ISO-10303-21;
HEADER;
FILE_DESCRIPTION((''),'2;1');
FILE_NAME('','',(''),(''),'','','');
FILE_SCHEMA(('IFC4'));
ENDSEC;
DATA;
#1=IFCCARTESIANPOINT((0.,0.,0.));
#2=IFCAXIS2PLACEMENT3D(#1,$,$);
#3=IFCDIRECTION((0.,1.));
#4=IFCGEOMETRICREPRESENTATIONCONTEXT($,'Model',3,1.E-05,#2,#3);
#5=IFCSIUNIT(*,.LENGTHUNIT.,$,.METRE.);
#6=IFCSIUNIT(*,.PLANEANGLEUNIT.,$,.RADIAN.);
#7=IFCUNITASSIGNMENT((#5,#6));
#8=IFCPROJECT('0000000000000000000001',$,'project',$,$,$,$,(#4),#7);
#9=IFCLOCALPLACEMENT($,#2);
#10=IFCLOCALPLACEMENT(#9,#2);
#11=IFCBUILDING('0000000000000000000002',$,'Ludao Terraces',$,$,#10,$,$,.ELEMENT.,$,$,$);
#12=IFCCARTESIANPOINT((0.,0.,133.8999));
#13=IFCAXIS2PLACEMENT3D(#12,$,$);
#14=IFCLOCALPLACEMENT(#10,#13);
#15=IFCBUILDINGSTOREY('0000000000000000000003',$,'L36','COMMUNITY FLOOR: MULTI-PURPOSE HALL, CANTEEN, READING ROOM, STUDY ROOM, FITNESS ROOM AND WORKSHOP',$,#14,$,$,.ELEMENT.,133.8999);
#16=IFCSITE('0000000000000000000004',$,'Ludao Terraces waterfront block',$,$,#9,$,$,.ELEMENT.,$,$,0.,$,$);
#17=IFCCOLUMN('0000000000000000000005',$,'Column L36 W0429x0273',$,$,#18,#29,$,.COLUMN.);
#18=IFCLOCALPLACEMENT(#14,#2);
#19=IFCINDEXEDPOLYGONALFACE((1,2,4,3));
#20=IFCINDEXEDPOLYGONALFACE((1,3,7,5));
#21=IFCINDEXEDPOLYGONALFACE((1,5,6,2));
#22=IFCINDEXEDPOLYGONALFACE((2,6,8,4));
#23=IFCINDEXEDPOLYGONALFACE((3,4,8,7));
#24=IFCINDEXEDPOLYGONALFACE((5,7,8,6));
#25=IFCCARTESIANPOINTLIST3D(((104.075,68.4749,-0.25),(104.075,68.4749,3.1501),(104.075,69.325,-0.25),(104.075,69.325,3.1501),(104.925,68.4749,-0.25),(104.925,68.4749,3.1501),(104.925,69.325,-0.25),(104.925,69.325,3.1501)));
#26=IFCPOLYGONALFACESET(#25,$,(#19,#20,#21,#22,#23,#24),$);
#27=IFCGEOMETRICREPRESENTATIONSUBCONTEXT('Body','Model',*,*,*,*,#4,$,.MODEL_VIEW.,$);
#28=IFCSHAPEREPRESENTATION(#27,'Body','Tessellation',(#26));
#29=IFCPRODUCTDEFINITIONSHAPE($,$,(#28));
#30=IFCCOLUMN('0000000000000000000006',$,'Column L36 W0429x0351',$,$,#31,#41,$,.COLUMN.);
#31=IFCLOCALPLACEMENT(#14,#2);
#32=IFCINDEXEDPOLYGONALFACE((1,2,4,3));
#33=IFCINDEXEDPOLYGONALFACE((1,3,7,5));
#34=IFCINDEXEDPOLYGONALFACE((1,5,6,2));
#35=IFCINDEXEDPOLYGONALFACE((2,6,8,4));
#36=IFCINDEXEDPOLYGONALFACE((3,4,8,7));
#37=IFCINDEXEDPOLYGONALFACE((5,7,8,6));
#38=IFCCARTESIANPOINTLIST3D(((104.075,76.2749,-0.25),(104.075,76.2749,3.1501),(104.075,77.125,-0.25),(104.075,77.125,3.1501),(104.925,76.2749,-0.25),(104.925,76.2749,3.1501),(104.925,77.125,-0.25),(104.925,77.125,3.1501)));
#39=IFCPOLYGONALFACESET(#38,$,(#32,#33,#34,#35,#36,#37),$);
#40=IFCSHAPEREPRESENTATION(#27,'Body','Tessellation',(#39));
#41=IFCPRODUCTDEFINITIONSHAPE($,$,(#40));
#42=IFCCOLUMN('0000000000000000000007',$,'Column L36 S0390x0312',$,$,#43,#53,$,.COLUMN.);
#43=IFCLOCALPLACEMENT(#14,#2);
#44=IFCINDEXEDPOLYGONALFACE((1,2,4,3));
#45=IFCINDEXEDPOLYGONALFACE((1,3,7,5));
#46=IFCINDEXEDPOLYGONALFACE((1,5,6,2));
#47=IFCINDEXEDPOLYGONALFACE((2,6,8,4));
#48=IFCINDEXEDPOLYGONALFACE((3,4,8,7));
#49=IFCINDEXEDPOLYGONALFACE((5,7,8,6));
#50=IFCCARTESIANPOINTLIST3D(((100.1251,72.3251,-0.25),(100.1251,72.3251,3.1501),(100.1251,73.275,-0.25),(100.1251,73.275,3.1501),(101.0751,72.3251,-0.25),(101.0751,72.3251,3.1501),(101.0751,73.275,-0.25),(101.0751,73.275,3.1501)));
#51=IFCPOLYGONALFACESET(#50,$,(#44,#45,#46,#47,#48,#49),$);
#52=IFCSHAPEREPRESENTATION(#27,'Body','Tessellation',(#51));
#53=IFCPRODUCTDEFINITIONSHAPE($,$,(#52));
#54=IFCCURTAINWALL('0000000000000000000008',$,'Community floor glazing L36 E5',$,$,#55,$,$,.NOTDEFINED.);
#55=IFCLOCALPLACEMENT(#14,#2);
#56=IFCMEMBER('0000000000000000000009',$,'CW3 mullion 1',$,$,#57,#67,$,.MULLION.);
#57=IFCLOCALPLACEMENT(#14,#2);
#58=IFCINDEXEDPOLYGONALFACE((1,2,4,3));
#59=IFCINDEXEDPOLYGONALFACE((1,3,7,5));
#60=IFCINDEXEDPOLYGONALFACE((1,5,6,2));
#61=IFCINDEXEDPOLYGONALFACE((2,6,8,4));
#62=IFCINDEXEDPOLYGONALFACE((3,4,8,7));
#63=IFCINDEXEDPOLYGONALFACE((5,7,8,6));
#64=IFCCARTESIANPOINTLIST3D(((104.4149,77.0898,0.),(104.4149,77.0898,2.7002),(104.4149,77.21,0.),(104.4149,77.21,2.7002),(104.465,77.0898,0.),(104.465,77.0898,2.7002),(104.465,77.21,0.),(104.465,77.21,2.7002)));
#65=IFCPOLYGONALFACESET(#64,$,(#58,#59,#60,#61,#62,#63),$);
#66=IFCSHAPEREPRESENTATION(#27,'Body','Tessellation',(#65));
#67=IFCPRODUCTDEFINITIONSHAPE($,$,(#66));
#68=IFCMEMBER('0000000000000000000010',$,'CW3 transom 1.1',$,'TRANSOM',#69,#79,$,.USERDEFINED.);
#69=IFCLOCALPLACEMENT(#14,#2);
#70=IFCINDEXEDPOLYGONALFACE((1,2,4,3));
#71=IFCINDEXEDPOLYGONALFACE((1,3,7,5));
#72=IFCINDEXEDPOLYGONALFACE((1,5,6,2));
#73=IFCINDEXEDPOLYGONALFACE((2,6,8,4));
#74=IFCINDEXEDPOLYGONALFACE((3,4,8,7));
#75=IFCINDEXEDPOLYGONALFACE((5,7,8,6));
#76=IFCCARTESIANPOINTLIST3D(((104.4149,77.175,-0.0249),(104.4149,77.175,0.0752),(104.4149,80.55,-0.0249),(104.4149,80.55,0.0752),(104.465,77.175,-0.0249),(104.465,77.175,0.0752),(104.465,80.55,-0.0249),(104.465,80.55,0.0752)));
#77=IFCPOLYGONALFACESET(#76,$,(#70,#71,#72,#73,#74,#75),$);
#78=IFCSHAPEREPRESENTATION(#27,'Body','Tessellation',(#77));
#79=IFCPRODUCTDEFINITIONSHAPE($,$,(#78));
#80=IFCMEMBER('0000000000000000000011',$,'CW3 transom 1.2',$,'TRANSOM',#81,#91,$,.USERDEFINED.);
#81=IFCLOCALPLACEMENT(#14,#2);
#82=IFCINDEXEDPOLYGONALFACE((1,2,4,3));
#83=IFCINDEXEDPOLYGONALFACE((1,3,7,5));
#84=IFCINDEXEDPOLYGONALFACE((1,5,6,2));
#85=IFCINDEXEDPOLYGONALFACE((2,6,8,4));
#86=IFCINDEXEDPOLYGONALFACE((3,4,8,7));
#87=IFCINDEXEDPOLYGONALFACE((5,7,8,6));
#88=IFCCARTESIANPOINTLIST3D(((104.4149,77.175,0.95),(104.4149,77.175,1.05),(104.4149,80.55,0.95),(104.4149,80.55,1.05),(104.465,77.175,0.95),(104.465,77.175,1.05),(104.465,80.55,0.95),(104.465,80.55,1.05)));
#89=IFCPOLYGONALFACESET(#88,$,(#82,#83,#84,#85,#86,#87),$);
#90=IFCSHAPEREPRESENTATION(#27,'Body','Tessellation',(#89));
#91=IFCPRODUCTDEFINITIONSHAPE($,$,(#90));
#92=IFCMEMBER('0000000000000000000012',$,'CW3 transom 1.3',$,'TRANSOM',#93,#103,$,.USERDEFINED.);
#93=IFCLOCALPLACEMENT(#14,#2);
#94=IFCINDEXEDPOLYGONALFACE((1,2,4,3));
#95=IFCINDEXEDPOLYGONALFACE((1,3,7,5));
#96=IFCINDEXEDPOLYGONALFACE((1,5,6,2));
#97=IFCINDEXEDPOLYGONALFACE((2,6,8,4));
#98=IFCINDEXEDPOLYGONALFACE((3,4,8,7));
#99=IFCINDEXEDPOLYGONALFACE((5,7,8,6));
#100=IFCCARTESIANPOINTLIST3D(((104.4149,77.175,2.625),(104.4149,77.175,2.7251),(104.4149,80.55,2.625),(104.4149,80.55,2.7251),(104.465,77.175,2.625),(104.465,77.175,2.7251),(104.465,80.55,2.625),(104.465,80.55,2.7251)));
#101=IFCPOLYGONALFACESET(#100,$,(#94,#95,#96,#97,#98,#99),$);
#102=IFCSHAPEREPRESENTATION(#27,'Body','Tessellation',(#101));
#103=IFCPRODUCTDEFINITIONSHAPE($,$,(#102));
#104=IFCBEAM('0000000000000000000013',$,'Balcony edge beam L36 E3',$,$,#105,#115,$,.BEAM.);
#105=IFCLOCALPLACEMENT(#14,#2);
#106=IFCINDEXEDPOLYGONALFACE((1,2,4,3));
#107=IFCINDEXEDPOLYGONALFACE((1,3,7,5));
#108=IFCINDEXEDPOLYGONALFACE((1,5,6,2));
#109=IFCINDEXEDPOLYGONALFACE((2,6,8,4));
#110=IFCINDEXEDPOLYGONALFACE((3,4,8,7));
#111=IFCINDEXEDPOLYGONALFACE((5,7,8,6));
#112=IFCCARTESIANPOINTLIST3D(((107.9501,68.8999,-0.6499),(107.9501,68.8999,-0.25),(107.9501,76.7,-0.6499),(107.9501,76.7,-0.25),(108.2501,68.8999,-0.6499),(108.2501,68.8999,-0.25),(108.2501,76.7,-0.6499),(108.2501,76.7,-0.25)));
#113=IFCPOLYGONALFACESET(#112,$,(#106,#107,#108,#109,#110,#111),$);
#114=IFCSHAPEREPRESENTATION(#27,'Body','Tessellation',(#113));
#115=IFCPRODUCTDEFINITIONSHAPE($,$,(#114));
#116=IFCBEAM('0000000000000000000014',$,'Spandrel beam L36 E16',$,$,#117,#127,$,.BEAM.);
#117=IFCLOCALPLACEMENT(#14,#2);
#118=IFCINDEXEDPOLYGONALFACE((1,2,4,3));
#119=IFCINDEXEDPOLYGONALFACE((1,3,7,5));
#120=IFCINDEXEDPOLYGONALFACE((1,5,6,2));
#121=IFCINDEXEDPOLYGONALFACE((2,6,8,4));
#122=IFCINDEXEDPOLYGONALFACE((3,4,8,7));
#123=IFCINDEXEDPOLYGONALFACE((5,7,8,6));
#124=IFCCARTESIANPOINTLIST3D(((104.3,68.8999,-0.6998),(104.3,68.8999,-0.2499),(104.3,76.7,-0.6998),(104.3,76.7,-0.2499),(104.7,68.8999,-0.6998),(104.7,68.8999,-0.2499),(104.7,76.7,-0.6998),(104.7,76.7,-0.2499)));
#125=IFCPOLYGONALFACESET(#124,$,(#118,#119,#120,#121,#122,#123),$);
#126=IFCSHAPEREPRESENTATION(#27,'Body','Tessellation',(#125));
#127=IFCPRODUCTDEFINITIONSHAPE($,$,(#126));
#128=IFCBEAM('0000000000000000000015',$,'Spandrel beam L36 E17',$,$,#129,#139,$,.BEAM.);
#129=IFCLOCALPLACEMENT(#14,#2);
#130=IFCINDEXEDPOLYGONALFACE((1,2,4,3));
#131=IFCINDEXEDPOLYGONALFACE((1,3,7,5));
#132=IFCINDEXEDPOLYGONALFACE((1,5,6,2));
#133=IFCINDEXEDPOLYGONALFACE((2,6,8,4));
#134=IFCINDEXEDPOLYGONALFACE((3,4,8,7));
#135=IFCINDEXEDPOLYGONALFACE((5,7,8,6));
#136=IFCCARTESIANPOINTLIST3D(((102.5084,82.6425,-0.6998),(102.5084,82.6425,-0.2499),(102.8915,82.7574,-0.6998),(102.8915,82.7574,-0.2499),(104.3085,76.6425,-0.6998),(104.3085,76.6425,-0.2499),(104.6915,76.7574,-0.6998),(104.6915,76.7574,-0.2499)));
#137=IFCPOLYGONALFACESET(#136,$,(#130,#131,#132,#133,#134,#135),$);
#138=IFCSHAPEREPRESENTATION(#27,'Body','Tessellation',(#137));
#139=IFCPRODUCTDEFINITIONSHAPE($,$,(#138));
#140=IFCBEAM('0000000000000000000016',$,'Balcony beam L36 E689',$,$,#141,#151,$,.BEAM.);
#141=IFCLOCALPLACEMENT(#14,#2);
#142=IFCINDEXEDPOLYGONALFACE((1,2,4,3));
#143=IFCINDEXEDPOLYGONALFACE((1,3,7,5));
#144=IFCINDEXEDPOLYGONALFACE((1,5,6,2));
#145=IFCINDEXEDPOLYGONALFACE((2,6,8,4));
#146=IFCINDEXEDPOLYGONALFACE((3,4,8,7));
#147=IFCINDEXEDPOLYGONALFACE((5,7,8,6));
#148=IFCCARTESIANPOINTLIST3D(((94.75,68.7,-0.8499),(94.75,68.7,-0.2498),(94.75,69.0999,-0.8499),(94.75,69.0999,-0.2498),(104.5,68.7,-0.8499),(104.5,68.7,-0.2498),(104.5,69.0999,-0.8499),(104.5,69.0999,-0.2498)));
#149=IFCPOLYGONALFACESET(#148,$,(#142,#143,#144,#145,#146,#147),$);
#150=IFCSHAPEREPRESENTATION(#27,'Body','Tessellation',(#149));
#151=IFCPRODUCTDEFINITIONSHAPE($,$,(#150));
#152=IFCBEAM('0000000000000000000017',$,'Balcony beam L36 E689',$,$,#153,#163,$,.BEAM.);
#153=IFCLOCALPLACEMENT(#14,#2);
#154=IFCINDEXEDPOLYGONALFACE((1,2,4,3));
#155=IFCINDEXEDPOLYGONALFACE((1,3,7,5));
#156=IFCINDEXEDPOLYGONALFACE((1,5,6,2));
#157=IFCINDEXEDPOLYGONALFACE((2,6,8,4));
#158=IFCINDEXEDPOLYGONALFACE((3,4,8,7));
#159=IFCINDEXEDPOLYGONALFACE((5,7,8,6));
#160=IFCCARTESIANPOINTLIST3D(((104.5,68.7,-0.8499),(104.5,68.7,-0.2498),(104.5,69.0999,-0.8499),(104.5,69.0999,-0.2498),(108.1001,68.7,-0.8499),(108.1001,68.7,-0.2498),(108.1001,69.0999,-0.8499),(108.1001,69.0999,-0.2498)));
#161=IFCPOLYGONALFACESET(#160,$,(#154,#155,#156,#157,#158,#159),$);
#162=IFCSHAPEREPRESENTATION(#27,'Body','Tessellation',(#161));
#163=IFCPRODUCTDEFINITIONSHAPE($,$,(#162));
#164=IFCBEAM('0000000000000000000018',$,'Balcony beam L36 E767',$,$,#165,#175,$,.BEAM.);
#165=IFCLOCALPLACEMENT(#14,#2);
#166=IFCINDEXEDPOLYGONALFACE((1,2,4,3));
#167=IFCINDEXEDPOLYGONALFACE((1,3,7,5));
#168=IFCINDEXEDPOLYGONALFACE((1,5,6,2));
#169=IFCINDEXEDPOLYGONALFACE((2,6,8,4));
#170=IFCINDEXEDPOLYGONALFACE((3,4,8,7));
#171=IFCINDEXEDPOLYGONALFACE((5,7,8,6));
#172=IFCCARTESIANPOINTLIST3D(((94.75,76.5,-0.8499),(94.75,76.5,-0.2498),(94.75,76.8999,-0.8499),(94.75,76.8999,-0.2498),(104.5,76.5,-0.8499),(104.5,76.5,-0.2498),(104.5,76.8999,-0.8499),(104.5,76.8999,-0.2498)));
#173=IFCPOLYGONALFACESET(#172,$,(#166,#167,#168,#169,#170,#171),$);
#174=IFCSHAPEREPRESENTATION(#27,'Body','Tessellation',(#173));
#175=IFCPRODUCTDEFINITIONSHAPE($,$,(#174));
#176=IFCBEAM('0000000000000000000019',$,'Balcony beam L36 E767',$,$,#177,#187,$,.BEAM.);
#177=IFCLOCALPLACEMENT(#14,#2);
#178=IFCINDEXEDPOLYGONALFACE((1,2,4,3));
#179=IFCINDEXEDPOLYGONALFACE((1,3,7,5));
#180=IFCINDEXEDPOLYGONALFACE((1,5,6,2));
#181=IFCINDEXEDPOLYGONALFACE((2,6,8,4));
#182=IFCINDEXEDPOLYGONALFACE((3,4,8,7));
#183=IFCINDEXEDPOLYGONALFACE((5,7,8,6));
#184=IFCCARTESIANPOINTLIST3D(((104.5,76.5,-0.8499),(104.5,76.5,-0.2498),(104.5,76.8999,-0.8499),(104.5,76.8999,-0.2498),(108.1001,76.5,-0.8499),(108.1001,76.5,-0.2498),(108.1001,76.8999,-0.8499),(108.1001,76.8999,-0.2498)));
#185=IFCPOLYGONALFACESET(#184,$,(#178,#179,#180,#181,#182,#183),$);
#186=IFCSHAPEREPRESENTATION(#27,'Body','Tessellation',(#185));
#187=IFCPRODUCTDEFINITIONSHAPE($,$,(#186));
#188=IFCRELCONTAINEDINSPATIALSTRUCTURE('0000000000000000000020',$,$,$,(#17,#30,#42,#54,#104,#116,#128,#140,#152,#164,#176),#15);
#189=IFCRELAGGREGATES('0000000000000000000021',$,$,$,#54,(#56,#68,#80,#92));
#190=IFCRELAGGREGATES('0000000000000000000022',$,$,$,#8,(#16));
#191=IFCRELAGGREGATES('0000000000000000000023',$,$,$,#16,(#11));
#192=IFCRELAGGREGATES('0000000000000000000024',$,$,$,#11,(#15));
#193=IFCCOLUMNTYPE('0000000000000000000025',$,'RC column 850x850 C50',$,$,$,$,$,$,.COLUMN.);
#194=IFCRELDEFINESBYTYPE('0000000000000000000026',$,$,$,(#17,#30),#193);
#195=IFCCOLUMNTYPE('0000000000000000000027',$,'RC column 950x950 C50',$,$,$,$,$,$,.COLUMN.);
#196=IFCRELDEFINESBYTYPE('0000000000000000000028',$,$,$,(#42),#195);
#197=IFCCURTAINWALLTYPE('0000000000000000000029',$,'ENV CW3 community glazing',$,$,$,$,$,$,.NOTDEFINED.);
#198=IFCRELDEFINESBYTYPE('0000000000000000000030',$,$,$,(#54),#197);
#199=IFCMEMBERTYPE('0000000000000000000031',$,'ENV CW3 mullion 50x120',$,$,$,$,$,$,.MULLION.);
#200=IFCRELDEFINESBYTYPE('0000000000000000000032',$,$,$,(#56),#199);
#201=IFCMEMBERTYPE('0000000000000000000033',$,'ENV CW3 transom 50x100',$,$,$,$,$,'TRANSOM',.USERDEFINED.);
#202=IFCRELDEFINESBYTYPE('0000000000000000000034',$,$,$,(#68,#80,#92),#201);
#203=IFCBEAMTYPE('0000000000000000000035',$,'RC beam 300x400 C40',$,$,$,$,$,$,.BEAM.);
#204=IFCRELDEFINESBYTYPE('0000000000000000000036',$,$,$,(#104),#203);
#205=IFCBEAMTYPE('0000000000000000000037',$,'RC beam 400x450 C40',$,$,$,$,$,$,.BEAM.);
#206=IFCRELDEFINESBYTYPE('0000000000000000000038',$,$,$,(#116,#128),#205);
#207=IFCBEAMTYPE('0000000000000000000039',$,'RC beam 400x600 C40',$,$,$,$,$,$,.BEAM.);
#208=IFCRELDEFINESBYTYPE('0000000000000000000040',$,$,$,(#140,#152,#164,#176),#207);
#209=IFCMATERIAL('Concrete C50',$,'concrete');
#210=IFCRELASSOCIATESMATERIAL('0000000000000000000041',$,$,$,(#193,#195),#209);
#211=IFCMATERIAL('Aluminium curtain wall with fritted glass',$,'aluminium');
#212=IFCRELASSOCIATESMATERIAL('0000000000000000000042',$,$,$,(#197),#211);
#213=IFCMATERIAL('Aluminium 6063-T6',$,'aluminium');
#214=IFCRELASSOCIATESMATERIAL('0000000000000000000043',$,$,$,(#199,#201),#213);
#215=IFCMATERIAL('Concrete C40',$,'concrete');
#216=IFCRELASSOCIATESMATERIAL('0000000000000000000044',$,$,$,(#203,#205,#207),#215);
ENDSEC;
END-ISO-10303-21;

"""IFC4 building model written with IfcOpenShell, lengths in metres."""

from ifc_helpers import new_model, si_unit, direction, frame, origin, origin_2d, place, context, subcontext, project, spatial, rectangle, extrude, material, material_profile, profile_set, type_object, element, aggregate, save


model = new_model("IFC4")

# Units and contexts
model_context = context("Model", 3, precision=1e-05, world=origin(), true_north=direction((0.0, 1.0)))
body_context = subcontext(model_context, "Body", "Model", "MODEL_VIEW")
ifc_project = project(units=[si_unit("LENGTHUNIT", "METRE"), si_unit("PLANEANGLEUNIT", "RADIAN")], contexts=[model_context])

# Site, building, storey
site_placement = place(None, origin())
site = spatial("IfcSite", under=ifc_project, at=site_placement, Name="Ludao Terraces waterfront block", CompositionType="ELEMENT", RefElevation=0.0)
building_placement = place(site_placement, origin())
building = spatial("IfcBuilding", under=site, at=building_placement, Name="Ludao Terraces", CompositionType="ELEMENT")
storey_placement = place(building_placement, frame((0.0, 0.0, 133.8999)))
storey = spatial("IfcBuildingStorey", under=building, at=storey_placement, Name="L36", Description="COMMUNITY FLOOR: MULTI-PURPOSE HALL, CANTEEN, READING ROOM, STUDY ROOM, FITNESS ROOM AND WORKSHOP", CompositionType="ELEMENT", Elevation=133.8999)

# Columns
ifc_material_1 = material(Name="Concrete C50", Category="concrete")
ifc_material_profile_1 = material_profile(ifc_material_1, rectangle(XDim=0.8501, YDim=0.8501, at=origin_2d()), Name="850 X 850")
ifc_profile_set_1 = profile_set([ifc_material_profile_1], Name="Concrete C50")
column_type_1 = type_object("IfcColumnType", Name="RC column 850x850 C50", PredefinedType="COLUMN", material=ifc_profile_set_1)
for number, where, z_axis, x_axis, name in (
    (1, (104.5, 68.8999, -0.25), (0.0, 0.0, 1.0), (1.0, 0.0, 0.0), "Column L36 W0429x0273"),
    (2, (104.5, 76.7, -0.25), (0.0, 0.0, 1.0), (1.0, 0.0, 0.0), "Column L36 W0429x0351"),
):
    element("IfcColumn", number, at=place(storey_placement, frame(where, z_axis=z_axis, x_axis=x_axis)), inside=storey, type_object=column_type_1, Name=name, PredefinedType="COLUMN", context=body_context, shape_type="SweptSolid", body=[
        extrude(rectangle(XDim=0.8501, YDim=0.8501, at=origin_2d()), origin(), (0.0, 0.0, 1.0), 3.4001),
    ])
ifc_material_profile_2 = material_profile(ifc_material_1, rectangle(XDim=0.95, YDim=0.95, at=origin_2d()), Name="950 X 950")
ifc_profile_set_2 = profile_set([ifc_material_profile_2], Name="Concrete C50")
column_type_2 = type_object("IfcColumnType", Name="RC column 950x950 C50", PredefinedType="COLUMN", material=ifc_profile_set_2)
column_placement = place(storey_placement, frame((100.6001, 72.8, -0.25), z_axis=(0.0, 0.0, 1.0), x_axis=(1.0, 0.0, 0.0)))
element("IfcColumn", 3, at=column_placement, inside=storey, type_object=column_type_2, Name="Column L36 S0390x0312", PredefinedType="COLUMN", context=body_context, shape_type="SweptSolid", body=[
    extrude(rectangle(XDim=0.95, YDim=0.95, at=origin_2d()), origin(), (0.0, 0.0, 1.0), 3.4001),
])

# Curtain wall, members
ifc_material_2 = material(Name="Aluminium curtain wall with fritted glass", Category="aluminium")
curtain_wall_type = type_object("IfcCurtainWallType", Name="ENV CW3 community glazing", PredefinedType="NOTDEFINED", material=ifc_material_2)
curtain_wall_placement = place(storey_placement, origin())
curtain_wall = element("IfcCurtainWall", 4, at=curtain_wall_placement, inside=storey, type_object=curtain_wall_type, Name="Community floor glazing L36 E5", PredefinedType="NOTDEFINED")
ifc_material_3 = material(Name="Aluminium 6063-T6", Category="aluminium")
ifc_material_profile_3 = material_profile(ifc_material_3, rectangle(XDim=0.05, YDim=0.1201, at=origin_2d()), Name="50 X 120")
ifc_profile_set_3 = profile_set([ifc_material_profile_3], Name="Aluminium 6063-T6")
member_type_1 = type_object("IfcMemberType", Name="ENV CW3 mullion 50x120", PredefinedType="MULLION", material=ifc_profile_set_3)
member_1_placement = place(storey_placement, frame((104.4399, 77.1499, 0.0), z_axis=(0.0, 0.0, 1.0), x_axis=(-1.0, 0.0, 0.0)))
member_1 = element("IfcMember", 5, at=member_1_placement, type_object=member_type_1, Name="CW3 mullion 1", PredefinedType="MULLION", context=body_context, shape_type="SweptSolid", body=[
    extrude(rectangle(XDim=0.05, YDim=0.1201, at=origin_2d()), origin(), (0.0, 0.0, 1.0), 2.7002),
])
ifc_material_profile_4 = material_profile(ifc_material_3, rectangle(XDim=0.05, YDim=0.1001, at=origin_2d()), Name="50 X 100")
ifc_profile_set_4 = profile_set([ifc_material_profile_4], Name="Aluminium 6063-T6")
member_type_2 = type_object("IfcMemberType", Name="ENV CW3 transom 50x100", ElementType="TRANSOM", PredefinedType="USERDEFINED", material=ifc_profile_set_4)
member_2_placement = place(storey_placement, frame((104.4399, 77.175, 0.0251), z_axis=(0.0, 1.0, 0.0), x_axis=(-1.0, 0.0, 0.0)))
member_2 = element("IfcMember", 6, at=member_2_placement, type_object=member_type_2, Name="CW3 transom 1.1", ObjectType="TRANSOM", PredefinedType="USERDEFINED", context=body_context, shape_type="SweptSolid", body=[
    extrude(rectangle(XDim=0.05, YDim=0.1001, at=origin_2d()), origin(), (0.0, 0.0, 1.0), 3.375),
])
member_3_placement = place(storey_placement, frame((104.4399, 77.175, 1.0), z_axis=(0.0, 1.0, 0.0), x_axis=(-1.0, 0.0, 0.0)))
member_3 = element("IfcMember", 7, at=member_3_placement, type_object=member_type_2, Name="CW3 transom 1.2", ObjectType="TRANSOM", PredefinedType="USERDEFINED", context=body_context, shape_type="SweptSolid", body=[
    extrude(rectangle(XDim=0.05, YDim=0.1001, at=origin_2d()), origin(), (0.0, 0.0, 1.0), 3.375),
])
member_4_placement = place(storey_placement, frame((104.4399, 77.175, 2.675), z_axis=(0.0, 1.0, 0.0), x_axis=(-1.0, 0.0, 0.0)))
member_4 = element("IfcMember", 8, at=member_4_placement, type_object=member_type_2, Name="CW3 transom 1.3", ObjectType="TRANSOM", PredefinedType="USERDEFINED", context=body_context, shape_type="SweptSolid", body=[
    extrude(rectangle(XDim=0.05, YDim=0.1001, at=origin_2d()), origin(), (0.0, 0.0, 1.0), 3.375),
])
aggregate(curtain_wall, [member_1, member_2, member_3, member_4])

# Beams
ifc_material_4 = material(Name="Concrete C40", Category="concrete")
ifc_material_profile_5 = material_profile(ifc_material_4, rectangle(XDim=0.3, YDim=0.3999, at=origin_2d()), Name="300 X 400")
ifc_profile_set_5 = profile_set([ifc_material_profile_5], Name="Concrete C40")
beam_type_1 = type_object("IfcBeamType", Name="RC beam 300x400 C40", PredefinedType="BEAM", material=ifc_profile_set_5)
beam_1_placement = place(storey_placement, frame((108.1001, 68.8999, -0.45), z_axis=(0.0, 1.0, 0.0), x_axis=(-1.0, 0.0, 0.0)))
element("IfcBeam", 9, at=beam_1_placement, inside=storey, type_object=beam_type_1, Name="Balcony edge beam L36 E3", PredefinedType="BEAM", context=body_context, shape_type="SweptSolid", body=[
    extrude(rectangle(XDim=0.3, YDim=0.3999, at=origin_2d()), origin(), (0.0, 0.0, 1.0), 7.8),
])
ifc_material_profile_6 = material_profile(ifc_material_4, rectangle(XDim=0.3999, YDim=0.45, at=origin_2d()), Name="400 X 450")
ifc_profile_set_6 = profile_set([ifc_material_profile_6], Name="Concrete C40")
beam_type_2 = type_object("IfcBeamType", Name="RC beam 400x450 C40", PredefinedType="BEAM", material=ifc_profile_set_6)
beam_2_placement = place(storey_placement, frame((104.5, 68.8999, -0.4749), z_axis=(0.0, 1.0, 0.0), x_axis=(-1.0, 0.0, 0.0)))
element("IfcBeam", 10, at=beam_2_placement, inside=storey, type_object=beam_type_2, Name="Spandrel beam L36 E16", PredefinedType="BEAM", context=body_context, shape_type="SweptSolid", body=[
    extrude(rectangle(XDim=0.3999, YDim=0.45, at=origin_2d()), origin(), (0.0, 0.0, 1.0), 7.8),
])
beam_3_placement = place(storey_placement, frame((104.5, 76.7, -0.4749), z_axis=(-0.287355, 0.957824, 0.0), x_axis=(-0.957824, -0.287355, 0.0)))
element("IfcBeam", 11, at=beam_3_placement, inside=storey, type_object=beam_type_2, Name="Spandrel beam L36 E17", PredefinedType="BEAM", context=body_context, shape_type="SweptSolid", body=[
    extrude(rectangle(XDim=0.3999, YDim=0.45, at=origin_2d()), origin(), (0.0, 0.0, 1.0), 6.2642),
])
ifc_material_profile_7 = material_profile(ifc_material_4, rectangle(XDim=0.3999, YDim=0.6001, at=origin_2d()), Name="400 X 600")
ifc_profile_set_7 = profile_set([ifc_material_profile_7], Name="Concrete C40")
beam_type_3 = type_object("IfcBeamType", Name="RC beam 400x600 C40", PredefinedType="BEAM", material=ifc_profile_set_7)
beam_4_placement = place(storey_placement, frame((94.75, 68.8999, -0.5498), z_axis=(1.0, 0.0, 0.0), x_axis=(0.0, 1.0, 0.0)))
element("IfcBeam", 12, at=beam_4_placement, inside=storey, type_object=beam_type_3, Name="Balcony beam L36 E689", PredefinedType="BEAM", context=body_context, shape_type="SweptSolid", body=[
    extrude(rectangle(XDim=0.3999, YDim=0.6001, at=origin_2d()), origin(), (0.0, 0.0, 1.0), 9.75),
])
beam_5_placement = place(storey_placement, frame((104.5, 68.8999, -0.5498), z_axis=(1.0, 0.0, 0.0), x_axis=(0.0, 1.0, 0.0)))
element("IfcBeam", 13, at=beam_5_placement, inside=storey, type_object=beam_type_3, Name="Balcony beam L36 E689", PredefinedType="BEAM", context=body_context, shape_type="SweptSolid", body=[
    extrude(rectangle(XDim=0.3999, YDim=0.6001, at=origin_2d()), origin(), (0.0, 0.0, 1.0), 3.6001),
])
beam_6_placement = place(storey_placement, frame((94.75, 76.7, -0.5498), z_axis=(1.0, 0.0, 0.0), x_axis=(0.0, 1.0, 0.0)))
element("IfcBeam", 14, at=beam_6_placement, inside=storey, type_object=beam_type_3, Name="Balcony beam L36 E767", PredefinedType="BEAM", context=body_context, shape_type="SweptSolid", body=[
    extrude(rectangle(XDim=0.3999, YDim=0.6001, at=origin_2d()), origin(), (0.0, 0.0, 1.0), 9.75),
])
beam_7_placement = place(storey_placement, frame((104.5, 76.7, -0.5498), z_axis=(1.0, 0.0, 0.0), x_axis=(0.0, 1.0, 0.0)))
element("IfcBeam", 15, at=beam_7_placement, inside=storey, type_object=beam_type_3, Name="Balcony beam L36 E767", PredefinedType="BEAM", context=body_context, shape_type="SweptSolid", body=[
    extrude(rectangle(XDim=0.3999, YDim=0.6001, at=origin_2d()), origin(), (0.0, 0.0, 1.0), 3.6001),
])

save(model, "model.ifc")
